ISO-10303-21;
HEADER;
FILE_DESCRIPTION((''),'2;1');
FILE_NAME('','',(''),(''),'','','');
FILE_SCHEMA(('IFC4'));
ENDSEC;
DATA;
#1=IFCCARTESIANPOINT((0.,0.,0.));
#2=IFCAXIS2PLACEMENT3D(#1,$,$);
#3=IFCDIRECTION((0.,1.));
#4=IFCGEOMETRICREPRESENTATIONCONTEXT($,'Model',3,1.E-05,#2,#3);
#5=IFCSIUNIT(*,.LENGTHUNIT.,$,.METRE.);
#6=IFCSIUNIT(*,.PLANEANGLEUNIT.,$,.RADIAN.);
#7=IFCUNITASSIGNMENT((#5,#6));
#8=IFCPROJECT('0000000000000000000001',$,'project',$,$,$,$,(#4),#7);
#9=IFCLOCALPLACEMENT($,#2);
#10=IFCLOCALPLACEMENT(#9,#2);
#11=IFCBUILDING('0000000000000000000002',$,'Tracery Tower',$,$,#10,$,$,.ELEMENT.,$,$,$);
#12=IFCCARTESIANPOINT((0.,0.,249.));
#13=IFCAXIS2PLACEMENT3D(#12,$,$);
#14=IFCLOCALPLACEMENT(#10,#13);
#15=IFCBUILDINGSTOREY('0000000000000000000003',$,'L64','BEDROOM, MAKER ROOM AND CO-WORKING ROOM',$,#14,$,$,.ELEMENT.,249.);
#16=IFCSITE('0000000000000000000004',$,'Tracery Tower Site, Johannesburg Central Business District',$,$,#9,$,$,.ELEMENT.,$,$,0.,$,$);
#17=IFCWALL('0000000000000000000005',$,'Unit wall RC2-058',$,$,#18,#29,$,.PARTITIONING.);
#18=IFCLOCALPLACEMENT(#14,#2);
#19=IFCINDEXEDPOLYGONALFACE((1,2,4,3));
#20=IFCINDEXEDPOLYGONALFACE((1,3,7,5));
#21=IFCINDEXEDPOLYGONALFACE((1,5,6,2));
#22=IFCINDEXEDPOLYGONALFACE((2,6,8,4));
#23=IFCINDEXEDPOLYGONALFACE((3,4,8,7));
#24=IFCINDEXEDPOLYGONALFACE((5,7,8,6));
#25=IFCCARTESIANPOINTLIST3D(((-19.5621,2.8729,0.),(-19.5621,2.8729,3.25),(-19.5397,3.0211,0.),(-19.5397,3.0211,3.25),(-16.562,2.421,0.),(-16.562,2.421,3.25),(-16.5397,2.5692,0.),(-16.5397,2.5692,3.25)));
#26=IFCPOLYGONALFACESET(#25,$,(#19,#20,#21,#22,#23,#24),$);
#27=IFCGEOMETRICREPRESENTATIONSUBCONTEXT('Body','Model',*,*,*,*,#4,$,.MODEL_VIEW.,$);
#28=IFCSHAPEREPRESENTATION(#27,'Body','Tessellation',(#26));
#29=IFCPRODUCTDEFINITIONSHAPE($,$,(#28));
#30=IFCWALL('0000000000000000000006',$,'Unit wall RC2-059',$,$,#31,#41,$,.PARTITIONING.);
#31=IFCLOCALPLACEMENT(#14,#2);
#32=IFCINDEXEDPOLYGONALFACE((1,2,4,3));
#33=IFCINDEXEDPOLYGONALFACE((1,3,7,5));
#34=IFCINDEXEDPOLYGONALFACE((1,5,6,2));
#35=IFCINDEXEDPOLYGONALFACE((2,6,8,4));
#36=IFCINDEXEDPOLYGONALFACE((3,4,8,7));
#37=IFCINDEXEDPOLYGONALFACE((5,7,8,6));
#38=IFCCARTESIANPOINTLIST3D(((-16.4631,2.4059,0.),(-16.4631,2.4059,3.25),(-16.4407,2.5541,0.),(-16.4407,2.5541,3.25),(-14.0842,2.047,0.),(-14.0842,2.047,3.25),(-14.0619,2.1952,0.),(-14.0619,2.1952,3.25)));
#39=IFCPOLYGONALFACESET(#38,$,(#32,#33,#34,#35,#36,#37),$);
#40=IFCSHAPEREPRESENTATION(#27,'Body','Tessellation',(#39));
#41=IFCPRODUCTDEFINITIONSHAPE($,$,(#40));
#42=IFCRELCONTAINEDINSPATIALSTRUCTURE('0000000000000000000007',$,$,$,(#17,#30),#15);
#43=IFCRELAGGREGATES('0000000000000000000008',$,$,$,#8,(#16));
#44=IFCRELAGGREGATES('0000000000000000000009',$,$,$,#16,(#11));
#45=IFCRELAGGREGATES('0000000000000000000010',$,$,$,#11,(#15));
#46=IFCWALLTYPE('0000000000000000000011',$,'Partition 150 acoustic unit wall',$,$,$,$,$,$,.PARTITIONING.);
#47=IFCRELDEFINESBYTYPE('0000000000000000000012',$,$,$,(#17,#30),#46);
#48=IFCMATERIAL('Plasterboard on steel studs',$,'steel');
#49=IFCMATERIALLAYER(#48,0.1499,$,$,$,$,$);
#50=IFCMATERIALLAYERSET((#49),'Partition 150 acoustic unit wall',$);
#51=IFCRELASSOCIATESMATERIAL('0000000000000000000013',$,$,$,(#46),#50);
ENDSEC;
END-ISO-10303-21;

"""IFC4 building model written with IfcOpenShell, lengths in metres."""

from ifc_helpers import new_model, si_unit, direction, frame, frame_2d, origin, place, context, subcontext, project, spatial, rectangle, extrude, material, layer, layer_set, type_object, element, save


model = new_model("IFC4")

# Units and contexts
model_context = context("Model", 3, precision=1e-05, world=origin(), true_north=direction((0.0, 1.0)))
body_context = subcontext(model_context, "Body", "Model", "MODEL_VIEW")
ifc_project = project(units=[si_unit("LENGTHUNIT", "METRE"), si_unit("PLANEANGLEUNIT", "RADIAN")], contexts=[model_context])

# Site, building, storey
site_placement = place(None, origin())
site = spatial("IfcSite", under=ifc_project, at=site_placement, Name="Tracery Tower Site, Johannesburg Central Business District", CompositionType="ELEMENT", RefElevation=0.0)
building_placement = place(site_placement, origin())
building = spatial("IfcBuilding", under=site, at=building_placement, Name="Tracery Tower", CompositionType="ELEMENT")
storey_placement = place(building_placement, frame((0.0, 0.0, 249.0)))
storey = spatial("IfcBuildingStorey", under=building, at=storey_placement, Name="L64", Description="BEDROOM, MAKER ROOM AND CO-WORKING ROOM", CompositionType="ELEMENT", Elevation=249.0)

# Walls
ifc_material_1 = material(Name="Plasterboard on steel studs", Category="steel")
ifc_layer_1 = layer(ifc_material_1, 0.1499)
ifc_layer_set_1 = layer_set([ifc_layer_1], Name="Partition 150 acoustic unit wall")
wall_type_1 = type_object("IfcWallType", Name="Partition 150 acoustic unit wall", PredefinedType="PARTITIONING", material=ifc_layer_set_1)
wall_1_placement = place(storey_placement, frame((-19.551, 2.947, 0.0), z_axis=(0.0, 0.0, 1.0), x_axis=(0.988844, -0.148954, 0.0)))
element("IfcWall", 1, at=wall_1_placement, inside=storey, type_object=wall_type_1, Name="Unit wall RC2-058", PredefinedType="PARTITIONING", context=body_context, shape_type="SweptSolid", body=[
    extrude(rectangle(XDim=3.0339, YDim=0.1499, at=frame_2d((1.5171, 0.0))), origin(), (0.0, 0.0, 1.0), 3.25),
])
wall_2_placement = place(storey_placement, frame((-16.4519, 2.48, 0.0), z_axis=(0.0, 0.0, 1.0), x_axis=(0.988811, -0.149174, 0.0)))
element("IfcWall", 2, at=wall_2_placement, inside=storey, type_object=wall_type_1, Name="Unit wall RC2-059", PredefinedType="PARTITIONING", context=body_context, shape_type="SweptSolid", body=[
    extrude(rectangle(XDim=2.4058, YDim=0.1499, at=frame_2d((1.2029, 0.0))), origin(), (0.0, 0.0, 1.0), 3.25),
])

save(model, "model.ifc")
